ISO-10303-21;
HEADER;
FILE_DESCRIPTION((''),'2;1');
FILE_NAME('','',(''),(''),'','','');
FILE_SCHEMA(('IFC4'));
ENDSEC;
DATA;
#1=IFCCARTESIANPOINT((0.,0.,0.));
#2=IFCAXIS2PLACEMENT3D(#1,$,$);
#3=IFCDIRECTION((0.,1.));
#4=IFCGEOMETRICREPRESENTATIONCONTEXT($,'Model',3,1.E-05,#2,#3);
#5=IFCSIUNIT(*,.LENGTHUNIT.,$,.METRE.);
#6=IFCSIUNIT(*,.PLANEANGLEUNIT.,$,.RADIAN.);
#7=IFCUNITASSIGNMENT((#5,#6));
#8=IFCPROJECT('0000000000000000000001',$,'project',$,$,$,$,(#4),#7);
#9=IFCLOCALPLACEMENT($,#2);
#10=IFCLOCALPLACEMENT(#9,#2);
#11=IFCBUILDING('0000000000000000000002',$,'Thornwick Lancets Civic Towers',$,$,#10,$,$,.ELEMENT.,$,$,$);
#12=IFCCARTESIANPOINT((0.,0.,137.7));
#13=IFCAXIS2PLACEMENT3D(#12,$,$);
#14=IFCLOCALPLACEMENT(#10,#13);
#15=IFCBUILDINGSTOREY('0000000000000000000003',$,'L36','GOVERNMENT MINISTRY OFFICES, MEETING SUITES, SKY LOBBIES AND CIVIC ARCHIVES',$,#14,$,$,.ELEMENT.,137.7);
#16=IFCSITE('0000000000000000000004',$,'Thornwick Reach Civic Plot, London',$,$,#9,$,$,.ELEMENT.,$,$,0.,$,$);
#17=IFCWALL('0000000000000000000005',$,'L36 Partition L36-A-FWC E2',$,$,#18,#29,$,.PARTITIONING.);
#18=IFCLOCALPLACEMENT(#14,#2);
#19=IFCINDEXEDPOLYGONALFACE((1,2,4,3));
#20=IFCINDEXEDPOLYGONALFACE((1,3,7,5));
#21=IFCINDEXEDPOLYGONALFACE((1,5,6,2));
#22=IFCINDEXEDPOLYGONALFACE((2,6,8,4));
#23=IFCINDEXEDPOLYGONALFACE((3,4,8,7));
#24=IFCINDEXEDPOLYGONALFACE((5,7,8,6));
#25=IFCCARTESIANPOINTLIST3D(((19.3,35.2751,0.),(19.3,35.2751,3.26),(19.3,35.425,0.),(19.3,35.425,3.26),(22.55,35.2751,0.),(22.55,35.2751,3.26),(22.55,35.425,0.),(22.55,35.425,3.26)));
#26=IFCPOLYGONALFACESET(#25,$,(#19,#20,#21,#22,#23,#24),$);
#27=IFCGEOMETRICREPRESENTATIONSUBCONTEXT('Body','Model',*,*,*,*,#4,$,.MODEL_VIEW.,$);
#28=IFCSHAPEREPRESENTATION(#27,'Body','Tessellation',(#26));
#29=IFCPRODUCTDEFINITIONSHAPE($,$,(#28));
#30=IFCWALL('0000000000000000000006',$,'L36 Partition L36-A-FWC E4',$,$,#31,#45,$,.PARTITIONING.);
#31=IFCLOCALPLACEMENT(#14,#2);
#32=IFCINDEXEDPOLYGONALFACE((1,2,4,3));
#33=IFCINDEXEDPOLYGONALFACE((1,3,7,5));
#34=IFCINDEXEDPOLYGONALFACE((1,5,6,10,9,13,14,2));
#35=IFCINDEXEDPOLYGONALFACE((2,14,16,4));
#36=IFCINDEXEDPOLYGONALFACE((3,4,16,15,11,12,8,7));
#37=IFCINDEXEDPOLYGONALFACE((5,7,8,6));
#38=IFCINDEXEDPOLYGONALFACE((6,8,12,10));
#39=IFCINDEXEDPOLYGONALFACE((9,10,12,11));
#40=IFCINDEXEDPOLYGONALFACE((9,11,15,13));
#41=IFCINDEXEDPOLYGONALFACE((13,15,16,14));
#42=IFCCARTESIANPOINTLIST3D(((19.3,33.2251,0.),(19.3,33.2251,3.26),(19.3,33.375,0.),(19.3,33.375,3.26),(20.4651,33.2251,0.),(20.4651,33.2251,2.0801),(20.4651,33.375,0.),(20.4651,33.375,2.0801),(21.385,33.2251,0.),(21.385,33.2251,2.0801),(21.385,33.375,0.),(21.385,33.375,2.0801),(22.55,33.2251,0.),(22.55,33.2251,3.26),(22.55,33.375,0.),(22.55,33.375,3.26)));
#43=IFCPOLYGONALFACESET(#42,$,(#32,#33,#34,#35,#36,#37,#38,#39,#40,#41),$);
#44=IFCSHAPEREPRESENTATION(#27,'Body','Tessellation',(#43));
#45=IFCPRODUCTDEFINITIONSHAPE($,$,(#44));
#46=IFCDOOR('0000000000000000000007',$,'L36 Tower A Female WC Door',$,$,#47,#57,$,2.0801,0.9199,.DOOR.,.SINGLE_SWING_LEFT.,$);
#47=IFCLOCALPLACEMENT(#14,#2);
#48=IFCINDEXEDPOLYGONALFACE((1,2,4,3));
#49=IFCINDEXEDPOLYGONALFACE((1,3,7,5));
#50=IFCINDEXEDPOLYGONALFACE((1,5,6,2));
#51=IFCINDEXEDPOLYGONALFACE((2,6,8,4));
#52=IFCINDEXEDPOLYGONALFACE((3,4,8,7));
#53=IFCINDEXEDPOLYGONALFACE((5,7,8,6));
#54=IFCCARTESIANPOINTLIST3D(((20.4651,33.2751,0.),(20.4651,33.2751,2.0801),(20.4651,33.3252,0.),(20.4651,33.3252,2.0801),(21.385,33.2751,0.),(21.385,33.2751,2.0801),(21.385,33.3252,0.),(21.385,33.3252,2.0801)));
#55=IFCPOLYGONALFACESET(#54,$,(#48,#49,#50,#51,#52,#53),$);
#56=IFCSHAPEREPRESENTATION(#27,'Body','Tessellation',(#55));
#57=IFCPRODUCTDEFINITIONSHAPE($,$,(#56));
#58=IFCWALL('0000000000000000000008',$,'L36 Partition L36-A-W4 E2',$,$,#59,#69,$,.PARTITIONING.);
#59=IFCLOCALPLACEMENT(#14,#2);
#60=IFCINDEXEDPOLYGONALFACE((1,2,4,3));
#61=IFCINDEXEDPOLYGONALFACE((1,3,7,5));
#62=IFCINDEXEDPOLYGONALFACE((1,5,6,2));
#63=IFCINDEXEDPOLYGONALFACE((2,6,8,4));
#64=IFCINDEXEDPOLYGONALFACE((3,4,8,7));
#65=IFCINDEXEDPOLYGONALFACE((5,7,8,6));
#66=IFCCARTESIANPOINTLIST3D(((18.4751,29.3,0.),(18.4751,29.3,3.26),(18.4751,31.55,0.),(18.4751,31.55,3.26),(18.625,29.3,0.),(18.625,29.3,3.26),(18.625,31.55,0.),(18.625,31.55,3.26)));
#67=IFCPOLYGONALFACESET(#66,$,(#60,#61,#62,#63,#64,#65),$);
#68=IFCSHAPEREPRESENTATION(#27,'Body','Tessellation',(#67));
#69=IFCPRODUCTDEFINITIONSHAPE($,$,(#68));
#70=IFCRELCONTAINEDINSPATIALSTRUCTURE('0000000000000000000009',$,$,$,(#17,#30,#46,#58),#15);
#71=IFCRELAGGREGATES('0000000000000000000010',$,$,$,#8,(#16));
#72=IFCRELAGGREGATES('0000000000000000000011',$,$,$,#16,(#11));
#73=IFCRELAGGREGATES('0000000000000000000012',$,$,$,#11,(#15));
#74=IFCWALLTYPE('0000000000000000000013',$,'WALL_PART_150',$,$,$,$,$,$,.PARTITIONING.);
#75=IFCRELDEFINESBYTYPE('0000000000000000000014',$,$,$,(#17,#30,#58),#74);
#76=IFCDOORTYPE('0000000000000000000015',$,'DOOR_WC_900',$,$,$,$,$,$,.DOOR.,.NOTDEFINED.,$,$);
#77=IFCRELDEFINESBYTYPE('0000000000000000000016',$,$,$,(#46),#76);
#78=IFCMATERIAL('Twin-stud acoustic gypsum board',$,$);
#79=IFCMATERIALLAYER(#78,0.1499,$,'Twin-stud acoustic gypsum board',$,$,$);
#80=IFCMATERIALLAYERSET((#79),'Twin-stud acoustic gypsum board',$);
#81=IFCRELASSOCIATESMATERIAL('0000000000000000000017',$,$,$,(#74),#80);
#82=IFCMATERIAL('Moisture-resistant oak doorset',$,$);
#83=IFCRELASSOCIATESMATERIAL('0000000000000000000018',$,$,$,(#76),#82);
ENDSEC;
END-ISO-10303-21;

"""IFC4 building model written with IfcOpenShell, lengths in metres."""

from ifc_helpers import new_model, si_unit, direction, frame, frame_2d, origin, place, context, subcontext, project, spatial, rectangle, extrude, material, layer, layer_set, type_object, element, fill, save


model = new_model("IFC4")

# Units and contexts
model_context = context("Model", 3, precision=1e-05, world=origin(), true_north=direction((0.0, 1.0)))
body_context = subcontext(model_context, "Body", "Model", "MODEL_VIEW")
ifc_project = project(units=[si_unit("LENGTHUNIT", "METRE"), si_unit("PLANEANGLEUNIT", "RADIAN")], contexts=[model_context])

# Site, building, storey
site_placement = place(None, origin())
site = spatial("IfcSite", under=ifc_project, at=site_placement, Name="Thornwick Reach Civic Plot, London", CompositionType="ELEMENT", RefElevation=0.0)
building_placement = place(site_placement, origin())
building = spatial("IfcBuilding", under=site, at=building_placement, Name="Thornwick Lancets Civic Towers", CompositionType="ELEMENT")
storey_placement = place(building_placement, frame((0.0, 0.0, 137.7)))
storey = spatial("IfcBuildingStorey", under=building, at=storey_placement, Name="L36", Description="GOVERNMENT MINISTRY OFFICES, MEETING SUITES, SKY LOBBIES AND CIVIC ARCHIVES", CompositionType="ELEMENT", Elevation=137.7)

# Wall
ifc_material_1 = material(Name="Twin-stud acoustic gypsum board")
ifc_layer_1 = layer(ifc_material_1, 0.1499, Name="Twin-stud acoustic gypsum board")
ifc_layer_set_1 = layer_set([ifc_layer_1], Name="Twin-stud acoustic gypsum board")
wall_type_1 = type_object("IfcWallType", Name="WALL_PART_150", PredefinedType="PARTITIONING", material=ifc_layer_set_1)
wall_1_placement = place(storey_placement, frame((19.3, 35.3501, 0.0), z_axis=(0.0, 0.0, 1.0), x_axis=(1.0, 0.0, 0.0)))
element("IfcWall", 1, at=wall_1_placement, inside=storey, type_object=wall_type_1, Name="L36 Partition L36-A-FWC E2", PredefinedType="PARTITIONING", context=body_context, shape_type="SweptSolid", body=[
    extrude(rectangle(XDim=3.25, YDim=0.1499, at=frame_2d((1.625, 0.0))), origin(), (0.0, 0.0, 1.0), 3.26),
])

# Wall, opening, door
wall_2_placement = place(storey_placement, frame((22.55, 33.3, 0.0), z_axis=(0.0, 0.0, 1.0), x_axis=(-1.0, 0.0, 0.0)))
wall_2 = element("IfcWall", 2, at=wall_2_placement, inside=storey, type_object=wall_type_1, Name="L36 Partition L36-A-FWC E4", PredefinedType="PARTITIONING", context=body_context, shape_type="SweptSolid", body=[
    extrude(rectangle(XDim=3.25, YDim=0.1499, at=frame_2d((1.625, 0.0))), origin(), (0.0, 0.0, 1.0), 3.26),
])
opening_1_placement = place(wall_2_placement, frame((1.165, 0.0, 0.0)))
opening_1 = element("IfcOpeningElement", 3, at=opening_1_placement, cuts=wall_2, PredefinedType="OPENING", context=body_context, shape_type="SweptSolid", body=[
    extrude(rectangle(XDim=0.9199, YDim=2.0801, at=frame_2d((0.46, 1.04))), frame((0.0, 0.085, 0.0), z_axis=(0.0, -1.0, 0.0), x_axis=(1.0, 0.0, 0.0)), (0.0, 0.0, 1.0), 0.1699),
])
ifc_material_2 = material(Name="Moisture-resistant oak doorset")
door_type_1 = type_object("IfcDoorType", Name="DOOR_WC_900", OperationType="NOTDEFINED", PredefinedType="DOOR", material=ifc_material_2)
door_1_placement = place(opening_1_placement, origin())
door_1 = element("IfcDoor", 4, at=door_1_placement, inside=storey, type_object=door_type_1, Name="L36 Tower A Female WC Door", OperationType="SINGLE_SWING_LEFT", OverallHeight=2.0801, OverallWidth=0.9199, PredefinedType="DOOR", context=body_context, shape_type="SweptSolid", body=[
    extrude(rectangle(XDim=0.9199, YDim=2.0801, at=frame_2d((0.46, 1.04))), frame((0.0, 0.0249, 0.0), z_axis=(0.0, -1.0, 0.0), x_axis=(1.0, 0.0, 0.0)), (0.0, 0.0, 1.0), 0.05),
])
fill(opening_1, door_1)

# Wall
wall_3_placement = place(storey_placement, frame((18.55, 31.55, 0.0), z_axis=(0.0, 0.0, 1.0), x_axis=(0.0, -1.0, 0.0)))
element("IfcWall", 5, at=wall_3_placement, inside=storey, type_object=wall_type_1, Name="L36 Partition L36-A-W4 E2", PredefinedType="PARTITIONING", context=body_context, shape_type="SweptSolid", body=[
    extrude(rectangle(XDim=2.25, YDim=0.1499, at=frame_2d((1.125, 0.0))), origin(), (0.0, 0.0, 1.0), 3.26),
])

save(model, "model.ifc")
